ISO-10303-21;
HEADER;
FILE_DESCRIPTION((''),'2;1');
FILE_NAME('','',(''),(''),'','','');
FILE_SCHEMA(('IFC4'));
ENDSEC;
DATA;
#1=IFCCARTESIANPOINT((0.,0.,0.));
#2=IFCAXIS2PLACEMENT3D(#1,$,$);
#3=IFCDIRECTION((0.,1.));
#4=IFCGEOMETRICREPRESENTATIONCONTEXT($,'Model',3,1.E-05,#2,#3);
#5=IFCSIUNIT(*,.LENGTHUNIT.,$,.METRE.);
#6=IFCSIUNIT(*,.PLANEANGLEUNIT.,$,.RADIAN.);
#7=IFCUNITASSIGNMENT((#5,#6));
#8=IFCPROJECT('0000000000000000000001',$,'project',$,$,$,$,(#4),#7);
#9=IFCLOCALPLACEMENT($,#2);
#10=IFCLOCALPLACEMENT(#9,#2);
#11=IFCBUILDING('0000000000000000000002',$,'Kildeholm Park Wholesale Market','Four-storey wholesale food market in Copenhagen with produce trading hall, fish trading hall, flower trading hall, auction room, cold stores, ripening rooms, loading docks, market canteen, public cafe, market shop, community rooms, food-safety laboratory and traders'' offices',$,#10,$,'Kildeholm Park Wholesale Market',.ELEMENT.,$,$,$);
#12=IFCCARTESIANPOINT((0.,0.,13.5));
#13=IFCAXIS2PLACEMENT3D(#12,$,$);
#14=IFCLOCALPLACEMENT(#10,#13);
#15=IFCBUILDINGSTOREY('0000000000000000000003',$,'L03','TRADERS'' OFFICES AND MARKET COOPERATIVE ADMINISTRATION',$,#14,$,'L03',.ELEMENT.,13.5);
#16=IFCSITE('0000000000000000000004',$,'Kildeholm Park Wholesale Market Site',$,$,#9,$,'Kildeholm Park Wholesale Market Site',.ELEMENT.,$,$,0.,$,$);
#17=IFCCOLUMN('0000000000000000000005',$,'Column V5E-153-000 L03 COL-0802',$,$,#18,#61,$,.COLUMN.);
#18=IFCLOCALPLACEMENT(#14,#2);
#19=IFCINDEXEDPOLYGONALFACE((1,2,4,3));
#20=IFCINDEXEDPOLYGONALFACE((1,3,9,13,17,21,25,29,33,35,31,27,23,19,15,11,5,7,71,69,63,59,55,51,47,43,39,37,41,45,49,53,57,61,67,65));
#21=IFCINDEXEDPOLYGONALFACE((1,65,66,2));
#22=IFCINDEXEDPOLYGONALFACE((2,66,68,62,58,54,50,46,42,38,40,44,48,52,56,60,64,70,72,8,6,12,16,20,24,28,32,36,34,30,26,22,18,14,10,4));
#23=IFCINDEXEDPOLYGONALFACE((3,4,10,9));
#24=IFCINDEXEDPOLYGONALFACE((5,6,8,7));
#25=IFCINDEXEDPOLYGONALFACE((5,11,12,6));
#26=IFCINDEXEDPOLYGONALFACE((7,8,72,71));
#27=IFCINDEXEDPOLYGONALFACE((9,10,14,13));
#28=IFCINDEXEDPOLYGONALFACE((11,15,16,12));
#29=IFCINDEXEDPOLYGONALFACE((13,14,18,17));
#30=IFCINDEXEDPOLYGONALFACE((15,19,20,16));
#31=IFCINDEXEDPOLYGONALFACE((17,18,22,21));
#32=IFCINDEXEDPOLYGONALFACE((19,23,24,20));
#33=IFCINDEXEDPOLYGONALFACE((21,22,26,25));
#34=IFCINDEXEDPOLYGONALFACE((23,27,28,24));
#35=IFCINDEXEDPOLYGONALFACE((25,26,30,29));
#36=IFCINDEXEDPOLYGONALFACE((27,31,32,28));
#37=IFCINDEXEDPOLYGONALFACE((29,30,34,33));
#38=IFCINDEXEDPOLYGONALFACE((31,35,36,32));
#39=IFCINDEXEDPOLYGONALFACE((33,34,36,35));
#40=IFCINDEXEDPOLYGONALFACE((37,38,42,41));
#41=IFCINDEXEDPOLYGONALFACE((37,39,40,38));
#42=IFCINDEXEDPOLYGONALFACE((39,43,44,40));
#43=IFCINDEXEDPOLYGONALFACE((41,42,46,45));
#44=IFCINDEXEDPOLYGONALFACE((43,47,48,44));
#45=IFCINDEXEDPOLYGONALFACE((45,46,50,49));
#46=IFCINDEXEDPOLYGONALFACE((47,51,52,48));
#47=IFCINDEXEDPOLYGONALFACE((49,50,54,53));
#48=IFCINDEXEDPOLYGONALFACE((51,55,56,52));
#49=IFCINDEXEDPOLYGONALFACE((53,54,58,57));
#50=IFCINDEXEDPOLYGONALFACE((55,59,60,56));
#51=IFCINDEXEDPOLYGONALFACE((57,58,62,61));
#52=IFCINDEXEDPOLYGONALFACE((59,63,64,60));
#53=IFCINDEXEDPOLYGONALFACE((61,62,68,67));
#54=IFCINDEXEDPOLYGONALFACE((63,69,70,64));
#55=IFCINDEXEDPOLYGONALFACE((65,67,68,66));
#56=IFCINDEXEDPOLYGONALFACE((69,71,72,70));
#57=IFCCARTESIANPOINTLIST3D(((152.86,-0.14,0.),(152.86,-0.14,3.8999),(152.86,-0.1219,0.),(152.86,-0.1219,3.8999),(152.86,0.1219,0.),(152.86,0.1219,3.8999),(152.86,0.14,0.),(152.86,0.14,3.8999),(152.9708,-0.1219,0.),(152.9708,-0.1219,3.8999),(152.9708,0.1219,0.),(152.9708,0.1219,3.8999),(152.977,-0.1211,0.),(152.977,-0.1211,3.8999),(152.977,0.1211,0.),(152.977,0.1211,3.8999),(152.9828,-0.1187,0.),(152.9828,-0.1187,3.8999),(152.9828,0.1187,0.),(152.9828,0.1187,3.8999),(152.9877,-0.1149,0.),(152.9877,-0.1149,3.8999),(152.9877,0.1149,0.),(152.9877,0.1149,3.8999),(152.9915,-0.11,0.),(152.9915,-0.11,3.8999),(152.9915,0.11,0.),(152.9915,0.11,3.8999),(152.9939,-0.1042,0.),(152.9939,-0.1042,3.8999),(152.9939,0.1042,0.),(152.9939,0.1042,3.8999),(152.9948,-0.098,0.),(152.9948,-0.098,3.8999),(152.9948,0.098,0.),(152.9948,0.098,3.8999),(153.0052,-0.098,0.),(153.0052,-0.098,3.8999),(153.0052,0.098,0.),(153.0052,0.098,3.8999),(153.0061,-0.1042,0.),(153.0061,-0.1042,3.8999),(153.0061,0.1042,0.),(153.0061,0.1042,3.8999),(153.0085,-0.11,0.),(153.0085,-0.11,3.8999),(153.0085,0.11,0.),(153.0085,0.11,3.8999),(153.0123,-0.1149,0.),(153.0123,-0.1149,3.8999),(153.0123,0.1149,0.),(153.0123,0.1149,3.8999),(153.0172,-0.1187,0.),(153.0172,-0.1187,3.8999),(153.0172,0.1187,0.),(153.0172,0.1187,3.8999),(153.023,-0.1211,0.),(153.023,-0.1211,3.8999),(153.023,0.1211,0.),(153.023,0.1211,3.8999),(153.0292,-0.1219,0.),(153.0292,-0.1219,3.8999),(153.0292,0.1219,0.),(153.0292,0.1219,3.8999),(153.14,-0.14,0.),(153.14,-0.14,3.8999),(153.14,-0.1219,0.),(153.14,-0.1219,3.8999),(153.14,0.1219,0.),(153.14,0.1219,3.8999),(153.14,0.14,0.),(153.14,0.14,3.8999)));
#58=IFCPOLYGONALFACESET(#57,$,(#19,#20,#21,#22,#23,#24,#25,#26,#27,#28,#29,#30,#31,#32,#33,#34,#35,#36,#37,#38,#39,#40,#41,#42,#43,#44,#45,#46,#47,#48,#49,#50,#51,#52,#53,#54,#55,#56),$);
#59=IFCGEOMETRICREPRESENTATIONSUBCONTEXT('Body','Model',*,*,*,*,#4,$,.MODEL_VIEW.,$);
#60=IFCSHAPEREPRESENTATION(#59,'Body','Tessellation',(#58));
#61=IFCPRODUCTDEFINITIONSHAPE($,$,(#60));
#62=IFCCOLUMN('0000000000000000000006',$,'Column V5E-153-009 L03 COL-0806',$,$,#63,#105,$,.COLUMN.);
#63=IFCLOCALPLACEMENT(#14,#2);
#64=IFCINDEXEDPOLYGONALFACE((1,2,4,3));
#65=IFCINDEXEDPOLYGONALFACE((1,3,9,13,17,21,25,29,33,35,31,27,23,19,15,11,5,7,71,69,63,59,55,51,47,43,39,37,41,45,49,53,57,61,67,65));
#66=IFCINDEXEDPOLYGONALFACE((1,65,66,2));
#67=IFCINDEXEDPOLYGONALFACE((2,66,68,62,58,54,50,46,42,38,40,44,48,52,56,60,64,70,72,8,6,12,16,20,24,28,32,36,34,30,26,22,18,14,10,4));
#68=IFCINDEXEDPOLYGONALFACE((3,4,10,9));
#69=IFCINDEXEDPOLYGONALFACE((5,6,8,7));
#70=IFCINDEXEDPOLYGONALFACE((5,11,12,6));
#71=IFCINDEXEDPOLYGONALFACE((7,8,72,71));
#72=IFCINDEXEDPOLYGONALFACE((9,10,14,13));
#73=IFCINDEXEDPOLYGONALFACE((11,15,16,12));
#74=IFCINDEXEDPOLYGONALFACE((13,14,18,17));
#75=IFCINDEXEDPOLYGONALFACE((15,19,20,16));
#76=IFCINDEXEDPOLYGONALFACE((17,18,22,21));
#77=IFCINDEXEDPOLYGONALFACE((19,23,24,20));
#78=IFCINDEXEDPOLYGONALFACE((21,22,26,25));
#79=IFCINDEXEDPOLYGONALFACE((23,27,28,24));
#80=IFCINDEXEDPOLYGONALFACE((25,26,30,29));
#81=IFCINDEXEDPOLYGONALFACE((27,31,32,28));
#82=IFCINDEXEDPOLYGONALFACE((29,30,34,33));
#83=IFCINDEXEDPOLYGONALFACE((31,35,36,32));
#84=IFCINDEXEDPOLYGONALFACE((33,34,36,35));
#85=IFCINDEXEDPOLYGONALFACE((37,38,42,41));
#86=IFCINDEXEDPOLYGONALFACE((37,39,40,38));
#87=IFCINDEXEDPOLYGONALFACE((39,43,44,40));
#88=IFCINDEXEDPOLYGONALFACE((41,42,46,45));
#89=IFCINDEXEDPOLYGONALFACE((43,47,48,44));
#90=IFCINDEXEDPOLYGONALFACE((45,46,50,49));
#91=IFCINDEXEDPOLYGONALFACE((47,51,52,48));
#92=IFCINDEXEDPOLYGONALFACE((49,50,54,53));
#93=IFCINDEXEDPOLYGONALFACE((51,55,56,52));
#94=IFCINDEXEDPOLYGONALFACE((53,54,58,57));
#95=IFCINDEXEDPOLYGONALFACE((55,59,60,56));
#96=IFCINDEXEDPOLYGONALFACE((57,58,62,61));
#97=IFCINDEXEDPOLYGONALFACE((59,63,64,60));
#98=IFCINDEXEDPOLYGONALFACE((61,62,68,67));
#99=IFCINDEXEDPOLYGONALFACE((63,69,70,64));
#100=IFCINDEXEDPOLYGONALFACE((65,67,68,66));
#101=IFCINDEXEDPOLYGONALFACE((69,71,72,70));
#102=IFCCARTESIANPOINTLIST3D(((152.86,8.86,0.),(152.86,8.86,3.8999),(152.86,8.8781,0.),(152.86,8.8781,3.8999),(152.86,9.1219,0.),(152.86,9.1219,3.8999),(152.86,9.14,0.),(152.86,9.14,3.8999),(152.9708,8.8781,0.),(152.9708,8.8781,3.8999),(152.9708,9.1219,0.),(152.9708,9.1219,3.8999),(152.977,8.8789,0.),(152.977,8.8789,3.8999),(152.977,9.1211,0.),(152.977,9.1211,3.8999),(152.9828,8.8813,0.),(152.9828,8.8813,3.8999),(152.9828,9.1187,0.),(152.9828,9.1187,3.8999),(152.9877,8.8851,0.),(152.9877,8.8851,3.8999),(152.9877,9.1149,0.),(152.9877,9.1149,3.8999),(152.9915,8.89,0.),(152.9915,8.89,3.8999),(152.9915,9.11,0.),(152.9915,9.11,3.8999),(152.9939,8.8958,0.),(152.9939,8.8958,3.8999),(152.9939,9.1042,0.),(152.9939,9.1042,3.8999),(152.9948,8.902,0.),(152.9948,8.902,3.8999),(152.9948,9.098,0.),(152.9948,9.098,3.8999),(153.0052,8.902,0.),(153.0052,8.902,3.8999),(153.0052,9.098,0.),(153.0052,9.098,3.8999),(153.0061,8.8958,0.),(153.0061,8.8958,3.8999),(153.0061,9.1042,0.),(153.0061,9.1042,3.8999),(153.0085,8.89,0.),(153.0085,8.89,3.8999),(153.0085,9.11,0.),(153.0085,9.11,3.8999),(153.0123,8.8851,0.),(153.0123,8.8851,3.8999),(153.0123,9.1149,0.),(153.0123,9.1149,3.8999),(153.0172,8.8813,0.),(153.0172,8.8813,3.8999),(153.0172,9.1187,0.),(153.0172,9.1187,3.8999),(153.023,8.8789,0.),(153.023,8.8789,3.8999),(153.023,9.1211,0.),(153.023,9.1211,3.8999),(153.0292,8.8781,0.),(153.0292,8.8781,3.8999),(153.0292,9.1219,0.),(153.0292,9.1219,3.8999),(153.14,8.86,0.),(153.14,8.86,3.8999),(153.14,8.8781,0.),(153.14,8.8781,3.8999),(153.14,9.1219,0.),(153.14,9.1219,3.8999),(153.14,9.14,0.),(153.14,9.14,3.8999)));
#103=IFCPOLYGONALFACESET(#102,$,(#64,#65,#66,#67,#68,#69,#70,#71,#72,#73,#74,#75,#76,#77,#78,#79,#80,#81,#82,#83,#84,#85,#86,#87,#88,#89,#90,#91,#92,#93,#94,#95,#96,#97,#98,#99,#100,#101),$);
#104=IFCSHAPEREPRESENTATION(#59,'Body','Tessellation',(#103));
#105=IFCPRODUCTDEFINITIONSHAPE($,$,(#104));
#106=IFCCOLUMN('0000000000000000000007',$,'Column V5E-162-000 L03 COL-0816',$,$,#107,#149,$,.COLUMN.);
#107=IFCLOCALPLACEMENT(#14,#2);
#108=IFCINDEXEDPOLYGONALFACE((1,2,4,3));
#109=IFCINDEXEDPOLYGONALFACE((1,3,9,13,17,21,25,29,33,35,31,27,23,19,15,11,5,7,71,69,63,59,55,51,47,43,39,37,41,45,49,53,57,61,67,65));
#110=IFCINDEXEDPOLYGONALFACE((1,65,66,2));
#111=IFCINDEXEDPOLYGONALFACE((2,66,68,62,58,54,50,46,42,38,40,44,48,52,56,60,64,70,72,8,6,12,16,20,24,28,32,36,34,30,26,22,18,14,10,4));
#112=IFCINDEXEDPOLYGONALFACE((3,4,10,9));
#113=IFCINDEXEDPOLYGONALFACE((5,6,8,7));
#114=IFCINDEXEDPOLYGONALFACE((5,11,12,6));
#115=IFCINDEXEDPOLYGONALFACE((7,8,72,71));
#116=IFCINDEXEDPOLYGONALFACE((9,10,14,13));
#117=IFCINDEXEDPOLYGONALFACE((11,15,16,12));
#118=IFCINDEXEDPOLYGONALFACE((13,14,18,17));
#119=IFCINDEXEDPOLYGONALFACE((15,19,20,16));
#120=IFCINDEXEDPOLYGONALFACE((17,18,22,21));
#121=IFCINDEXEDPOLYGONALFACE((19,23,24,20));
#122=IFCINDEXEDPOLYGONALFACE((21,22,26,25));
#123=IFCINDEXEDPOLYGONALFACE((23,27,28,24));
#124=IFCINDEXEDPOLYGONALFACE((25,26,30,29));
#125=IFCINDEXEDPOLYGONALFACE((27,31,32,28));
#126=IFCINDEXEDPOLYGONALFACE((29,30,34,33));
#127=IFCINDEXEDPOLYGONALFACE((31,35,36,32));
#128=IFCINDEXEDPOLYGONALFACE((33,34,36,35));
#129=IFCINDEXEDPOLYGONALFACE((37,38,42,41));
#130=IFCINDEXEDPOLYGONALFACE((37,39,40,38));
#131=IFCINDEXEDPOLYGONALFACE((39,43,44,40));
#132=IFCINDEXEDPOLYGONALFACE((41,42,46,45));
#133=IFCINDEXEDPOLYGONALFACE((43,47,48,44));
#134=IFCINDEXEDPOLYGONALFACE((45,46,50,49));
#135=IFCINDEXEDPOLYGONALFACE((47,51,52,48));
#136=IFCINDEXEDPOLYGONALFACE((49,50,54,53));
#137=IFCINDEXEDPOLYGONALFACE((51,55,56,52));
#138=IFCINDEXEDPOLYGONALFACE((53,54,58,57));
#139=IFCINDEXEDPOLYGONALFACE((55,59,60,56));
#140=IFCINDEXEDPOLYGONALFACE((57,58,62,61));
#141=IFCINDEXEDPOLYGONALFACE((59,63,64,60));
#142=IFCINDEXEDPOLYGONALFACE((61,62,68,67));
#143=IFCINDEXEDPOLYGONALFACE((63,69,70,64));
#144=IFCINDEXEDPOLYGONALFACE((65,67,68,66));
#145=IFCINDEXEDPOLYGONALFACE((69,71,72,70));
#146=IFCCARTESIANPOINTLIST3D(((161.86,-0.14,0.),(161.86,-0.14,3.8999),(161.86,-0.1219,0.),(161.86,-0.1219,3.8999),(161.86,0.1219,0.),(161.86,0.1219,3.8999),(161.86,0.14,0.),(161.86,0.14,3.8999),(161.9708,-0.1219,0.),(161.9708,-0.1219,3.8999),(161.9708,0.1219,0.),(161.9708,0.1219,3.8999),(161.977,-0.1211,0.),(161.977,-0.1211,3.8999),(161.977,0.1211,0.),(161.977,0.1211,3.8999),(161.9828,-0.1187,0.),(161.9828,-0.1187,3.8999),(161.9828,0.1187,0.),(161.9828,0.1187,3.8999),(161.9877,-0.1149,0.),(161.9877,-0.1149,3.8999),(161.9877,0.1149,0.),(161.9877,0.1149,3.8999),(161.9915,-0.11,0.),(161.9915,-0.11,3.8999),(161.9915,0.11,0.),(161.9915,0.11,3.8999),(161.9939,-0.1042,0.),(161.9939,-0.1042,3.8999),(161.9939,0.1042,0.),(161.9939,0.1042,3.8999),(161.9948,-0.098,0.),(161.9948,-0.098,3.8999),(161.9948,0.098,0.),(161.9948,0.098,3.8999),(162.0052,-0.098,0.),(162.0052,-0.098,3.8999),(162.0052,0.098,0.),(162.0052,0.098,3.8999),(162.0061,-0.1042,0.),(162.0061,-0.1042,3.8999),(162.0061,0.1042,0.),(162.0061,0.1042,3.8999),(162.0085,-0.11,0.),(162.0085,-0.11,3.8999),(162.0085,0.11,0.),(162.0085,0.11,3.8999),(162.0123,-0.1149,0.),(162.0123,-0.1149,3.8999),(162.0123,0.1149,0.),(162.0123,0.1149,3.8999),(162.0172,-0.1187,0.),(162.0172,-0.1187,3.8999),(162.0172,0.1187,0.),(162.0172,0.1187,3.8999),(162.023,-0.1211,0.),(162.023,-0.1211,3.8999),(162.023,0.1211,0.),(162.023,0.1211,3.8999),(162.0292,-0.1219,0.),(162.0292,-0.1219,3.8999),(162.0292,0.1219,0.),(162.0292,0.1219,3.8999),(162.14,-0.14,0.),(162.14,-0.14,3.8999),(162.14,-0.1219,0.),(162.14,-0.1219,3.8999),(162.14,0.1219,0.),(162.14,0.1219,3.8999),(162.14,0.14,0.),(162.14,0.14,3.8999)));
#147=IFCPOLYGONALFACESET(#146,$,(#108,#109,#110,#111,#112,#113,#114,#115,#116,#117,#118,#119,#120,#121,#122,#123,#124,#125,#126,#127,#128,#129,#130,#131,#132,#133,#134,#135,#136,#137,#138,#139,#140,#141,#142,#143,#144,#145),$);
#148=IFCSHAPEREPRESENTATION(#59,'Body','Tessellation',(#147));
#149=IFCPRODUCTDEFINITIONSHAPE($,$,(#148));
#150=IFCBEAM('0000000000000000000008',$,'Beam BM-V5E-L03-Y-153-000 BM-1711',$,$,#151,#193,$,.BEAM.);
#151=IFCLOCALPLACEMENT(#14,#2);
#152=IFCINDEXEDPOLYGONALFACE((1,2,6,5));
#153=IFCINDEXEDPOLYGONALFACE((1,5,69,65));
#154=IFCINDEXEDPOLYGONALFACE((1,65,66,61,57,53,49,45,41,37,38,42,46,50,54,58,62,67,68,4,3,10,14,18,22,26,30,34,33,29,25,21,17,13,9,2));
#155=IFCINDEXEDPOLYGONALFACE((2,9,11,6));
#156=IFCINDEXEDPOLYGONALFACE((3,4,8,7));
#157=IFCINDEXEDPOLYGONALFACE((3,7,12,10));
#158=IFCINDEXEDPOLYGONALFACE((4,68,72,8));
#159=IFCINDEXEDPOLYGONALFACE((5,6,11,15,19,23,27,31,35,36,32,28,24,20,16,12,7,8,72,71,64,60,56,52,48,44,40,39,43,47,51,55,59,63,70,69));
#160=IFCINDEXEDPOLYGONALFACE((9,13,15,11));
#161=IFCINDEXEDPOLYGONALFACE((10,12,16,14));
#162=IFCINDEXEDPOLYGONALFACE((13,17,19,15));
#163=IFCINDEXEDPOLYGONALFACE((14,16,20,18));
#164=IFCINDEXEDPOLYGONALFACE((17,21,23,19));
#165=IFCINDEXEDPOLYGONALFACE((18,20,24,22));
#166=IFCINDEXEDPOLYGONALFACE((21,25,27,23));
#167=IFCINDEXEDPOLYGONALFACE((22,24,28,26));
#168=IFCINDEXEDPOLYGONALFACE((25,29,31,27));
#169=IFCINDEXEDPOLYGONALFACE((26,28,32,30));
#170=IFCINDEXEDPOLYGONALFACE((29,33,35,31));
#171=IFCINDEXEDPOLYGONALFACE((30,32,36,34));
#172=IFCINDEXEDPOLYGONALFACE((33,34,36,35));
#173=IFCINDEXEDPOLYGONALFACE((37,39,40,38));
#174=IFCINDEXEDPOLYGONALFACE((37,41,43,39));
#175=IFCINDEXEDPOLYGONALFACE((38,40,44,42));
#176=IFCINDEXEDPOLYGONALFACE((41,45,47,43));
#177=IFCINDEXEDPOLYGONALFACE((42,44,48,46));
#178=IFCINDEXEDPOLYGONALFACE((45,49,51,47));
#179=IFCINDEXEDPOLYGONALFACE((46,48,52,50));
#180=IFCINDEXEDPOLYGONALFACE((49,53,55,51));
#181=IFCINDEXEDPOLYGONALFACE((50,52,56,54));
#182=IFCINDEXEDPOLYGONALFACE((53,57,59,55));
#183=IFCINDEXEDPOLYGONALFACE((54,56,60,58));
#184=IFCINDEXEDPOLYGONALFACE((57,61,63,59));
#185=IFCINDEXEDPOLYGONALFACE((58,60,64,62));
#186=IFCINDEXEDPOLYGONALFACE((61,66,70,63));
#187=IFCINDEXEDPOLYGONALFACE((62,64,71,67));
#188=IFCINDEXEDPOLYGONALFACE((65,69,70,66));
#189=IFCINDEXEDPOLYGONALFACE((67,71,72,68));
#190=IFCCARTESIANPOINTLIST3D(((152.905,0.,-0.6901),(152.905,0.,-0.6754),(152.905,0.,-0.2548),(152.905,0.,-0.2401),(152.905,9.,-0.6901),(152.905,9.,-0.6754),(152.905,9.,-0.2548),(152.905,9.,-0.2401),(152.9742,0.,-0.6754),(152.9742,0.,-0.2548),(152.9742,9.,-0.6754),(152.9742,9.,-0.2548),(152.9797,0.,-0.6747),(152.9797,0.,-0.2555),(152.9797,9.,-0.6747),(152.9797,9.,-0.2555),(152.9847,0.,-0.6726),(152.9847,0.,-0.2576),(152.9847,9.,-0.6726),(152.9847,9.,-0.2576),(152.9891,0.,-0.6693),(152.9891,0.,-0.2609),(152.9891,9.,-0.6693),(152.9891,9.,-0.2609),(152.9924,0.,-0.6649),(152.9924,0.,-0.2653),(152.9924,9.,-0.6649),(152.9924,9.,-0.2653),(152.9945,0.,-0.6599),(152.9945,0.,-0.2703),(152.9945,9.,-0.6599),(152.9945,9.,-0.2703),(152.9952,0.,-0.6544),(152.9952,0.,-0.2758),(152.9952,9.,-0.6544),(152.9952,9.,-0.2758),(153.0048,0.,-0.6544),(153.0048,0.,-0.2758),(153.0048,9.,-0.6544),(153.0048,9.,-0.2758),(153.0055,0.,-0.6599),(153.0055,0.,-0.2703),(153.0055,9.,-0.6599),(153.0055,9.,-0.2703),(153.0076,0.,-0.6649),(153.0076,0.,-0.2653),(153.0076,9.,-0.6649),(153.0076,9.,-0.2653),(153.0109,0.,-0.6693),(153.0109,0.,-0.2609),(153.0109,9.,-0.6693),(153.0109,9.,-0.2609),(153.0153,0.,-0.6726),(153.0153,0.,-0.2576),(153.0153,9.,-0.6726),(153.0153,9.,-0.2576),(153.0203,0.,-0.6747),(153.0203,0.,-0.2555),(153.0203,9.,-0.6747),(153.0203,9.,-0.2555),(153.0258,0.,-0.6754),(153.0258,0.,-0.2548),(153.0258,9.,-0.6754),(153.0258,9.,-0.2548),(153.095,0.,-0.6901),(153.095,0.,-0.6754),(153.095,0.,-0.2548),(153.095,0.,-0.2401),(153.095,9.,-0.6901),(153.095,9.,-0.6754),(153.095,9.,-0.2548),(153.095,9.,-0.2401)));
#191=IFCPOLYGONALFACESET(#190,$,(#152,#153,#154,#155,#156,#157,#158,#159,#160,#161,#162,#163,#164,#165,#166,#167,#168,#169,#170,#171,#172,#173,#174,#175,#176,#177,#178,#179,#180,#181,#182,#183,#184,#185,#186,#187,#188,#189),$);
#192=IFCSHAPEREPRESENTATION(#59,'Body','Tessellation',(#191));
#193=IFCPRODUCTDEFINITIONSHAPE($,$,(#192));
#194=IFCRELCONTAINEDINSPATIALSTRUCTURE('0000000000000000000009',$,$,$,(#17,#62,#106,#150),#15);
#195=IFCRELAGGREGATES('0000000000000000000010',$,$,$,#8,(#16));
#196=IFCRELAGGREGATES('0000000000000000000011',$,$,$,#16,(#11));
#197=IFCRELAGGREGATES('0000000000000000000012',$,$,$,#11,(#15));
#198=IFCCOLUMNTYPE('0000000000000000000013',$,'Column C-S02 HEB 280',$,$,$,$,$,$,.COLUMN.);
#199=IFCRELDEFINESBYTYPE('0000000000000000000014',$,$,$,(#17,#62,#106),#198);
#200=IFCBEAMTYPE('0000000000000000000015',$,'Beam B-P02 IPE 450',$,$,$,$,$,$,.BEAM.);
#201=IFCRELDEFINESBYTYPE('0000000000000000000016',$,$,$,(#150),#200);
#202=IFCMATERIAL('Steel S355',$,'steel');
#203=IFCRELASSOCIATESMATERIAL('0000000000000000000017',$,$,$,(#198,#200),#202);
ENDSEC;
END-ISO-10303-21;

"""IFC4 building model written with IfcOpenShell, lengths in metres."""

from ifc_helpers import new_model, si_unit, direction, frame, origin, origin_2d, place, context, subcontext, project, spatial, i_section, extrude, material, material_profile, profile_set, type_object, element, save


model = new_model("IFC4")

# Units and contexts
model_context = context("Model", 3, precision=1e-05, world=origin(), true_north=direction((0.0, 1.0)))
body_context = subcontext(model_context, "Body", "Model", "MODEL_VIEW")
ifc_project = project(units=[si_unit("LENGTHUNIT", "METRE"), si_unit("PLANEANGLEUNIT", "RADIAN")], contexts=[model_context])

# Site, building, storey
site_placement = place(None, origin())
site = spatial("IfcSite", under=ifc_project, at=site_placement, Name="Kildeholm Park Wholesale Market Site", LongName="Kildeholm Park Wholesale Market Site", CompositionType="ELEMENT", RefElevation=0.0)
building_placement = place(site_placement, origin())
building = spatial("IfcBuilding", under=site, at=building_placement, Name="Kildeholm Park Wholesale Market", Description="Four-storey wholesale food market in Copenhagen with produce trading hall, fish trading hall, flower trading hall, auction room, cold stores, ripening rooms, loading docks, market canteen, public cafe, market shop, community rooms, food-safety laboratory and traders' offices", LongName="Kildeholm Park Wholesale Market", CompositionType="ELEMENT")
storey_placement = place(building_placement, frame((0.0, 0.0, 13.5)))
storey = spatial("IfcBuildingStorey", under=building, at=storey_placement, Name="L03", Description="TRADERS' OFFICES AND MARKET COOPERATIVE ADMINISTRATION", LongName="L03", CompositionType="ELEMENT", Elevation=13.5)

# Columns
ifc_material_1 = material(Name="Steel S355", Category="steel")
ifc_material_profile_1 = material_profile(ifc_material_1, i_section(OverallWidth=0.28, OverallDepth=0.28, WebThickness=0.0105, FlangeThickness=0.0181, FilletRadius=0.0239, at=origin_2d()), Name="HEB 280")
ifc_profile_set_1 = profile_set([ifc_material_profile_1], Name="Steel S355")
column_type = type_object("IfcColumnType", Name="Column C-S02 HEB 280", PredefinedType="COLUMN", material=ifc_profile_set_1)
for number, where, z_axis, x_axis, name in (
    (1, (153.0, 0.0, 0.0), (0.0, 0.0, 1.0), (1.0, 0.0, 0.0), "Column V5E-153-000 L03 COL-0802"),
    (2, (153.0, 9.0, 0.0), (0.0, 0.0, 1.0), (1.0, 0.0, 0.0), "Column V5E-153-009 L03 COL-0806"),
    (3, (162.0, 0.0, 0.0), (0.0, 0.0, 1.0), (1.0, 0.0, 0.0), "Column V5E-162-000 L03 COL-0816"),
):
    element("IfcColumn", number, at=place(storey_placement, frame(where, z_axis=z_axis, x_axis=x_axis)), inside=storey, type_object=column_type, Name=name, PredefinedType="COLUMN", context=body_context, shape_type="SweptSolid", body=[
        extrude(i_section(OverallWidth=0.28, OverallDepth=0.28, WebThickness=0.0105, FlangeThickness=0.0181, FilletRadius=0.0239, at=origin_2d()), origin(), (0.0, 0.0, 1.0), 3.8999),
    ])

# Beam
ifc_material_profile_2 = material_profile(ifc_material_1, i_section(OverallWidth=0.1899, OverallDepth=0.45, WebThickness=0.0095, FlangeThickness=0.0146, FilletRadius=0.021, at=origin_2d()), Name="IPE 450")
ifc_profile_set_2 = profile_set([ifc_material_profile_2], Name="Steel S355")
beam_type_1 = type_object("IfcBeamType", Name="Beam B-P02 IPE 450", PredefinedType="BEAM", material=ifc_profile_set_2)
for number, where, z_axis, x_axis, name in (
    (4, (153.0, 0.0, -0.4651), (0.0, 1.0, 0.0), (-1.0, 0.0, 0.0), "Beam BM-V5E-L03-Y-153-000 BM-1711"),
):
    element("IfcBeam", number, at=place(storey_placement, frame(where, z_axis=z_axis, x_axis=x_axis)), inside=storey, type_object=beam_type_1, Name=name, PredefinedType="BEAM", context=body_context, shape_type="SweptSolid", body=[
        extrude(i_section(OverallWidth=0.1899, OverallDepth=0.45, WebThickness=0.0095, FlangeThickness=0.0146, FilletRadius=0.021, at=origin_2d()), origin(), (0.0, 0.0, 1.0), 9.0),
    ])

save(model, "model.ifc")
